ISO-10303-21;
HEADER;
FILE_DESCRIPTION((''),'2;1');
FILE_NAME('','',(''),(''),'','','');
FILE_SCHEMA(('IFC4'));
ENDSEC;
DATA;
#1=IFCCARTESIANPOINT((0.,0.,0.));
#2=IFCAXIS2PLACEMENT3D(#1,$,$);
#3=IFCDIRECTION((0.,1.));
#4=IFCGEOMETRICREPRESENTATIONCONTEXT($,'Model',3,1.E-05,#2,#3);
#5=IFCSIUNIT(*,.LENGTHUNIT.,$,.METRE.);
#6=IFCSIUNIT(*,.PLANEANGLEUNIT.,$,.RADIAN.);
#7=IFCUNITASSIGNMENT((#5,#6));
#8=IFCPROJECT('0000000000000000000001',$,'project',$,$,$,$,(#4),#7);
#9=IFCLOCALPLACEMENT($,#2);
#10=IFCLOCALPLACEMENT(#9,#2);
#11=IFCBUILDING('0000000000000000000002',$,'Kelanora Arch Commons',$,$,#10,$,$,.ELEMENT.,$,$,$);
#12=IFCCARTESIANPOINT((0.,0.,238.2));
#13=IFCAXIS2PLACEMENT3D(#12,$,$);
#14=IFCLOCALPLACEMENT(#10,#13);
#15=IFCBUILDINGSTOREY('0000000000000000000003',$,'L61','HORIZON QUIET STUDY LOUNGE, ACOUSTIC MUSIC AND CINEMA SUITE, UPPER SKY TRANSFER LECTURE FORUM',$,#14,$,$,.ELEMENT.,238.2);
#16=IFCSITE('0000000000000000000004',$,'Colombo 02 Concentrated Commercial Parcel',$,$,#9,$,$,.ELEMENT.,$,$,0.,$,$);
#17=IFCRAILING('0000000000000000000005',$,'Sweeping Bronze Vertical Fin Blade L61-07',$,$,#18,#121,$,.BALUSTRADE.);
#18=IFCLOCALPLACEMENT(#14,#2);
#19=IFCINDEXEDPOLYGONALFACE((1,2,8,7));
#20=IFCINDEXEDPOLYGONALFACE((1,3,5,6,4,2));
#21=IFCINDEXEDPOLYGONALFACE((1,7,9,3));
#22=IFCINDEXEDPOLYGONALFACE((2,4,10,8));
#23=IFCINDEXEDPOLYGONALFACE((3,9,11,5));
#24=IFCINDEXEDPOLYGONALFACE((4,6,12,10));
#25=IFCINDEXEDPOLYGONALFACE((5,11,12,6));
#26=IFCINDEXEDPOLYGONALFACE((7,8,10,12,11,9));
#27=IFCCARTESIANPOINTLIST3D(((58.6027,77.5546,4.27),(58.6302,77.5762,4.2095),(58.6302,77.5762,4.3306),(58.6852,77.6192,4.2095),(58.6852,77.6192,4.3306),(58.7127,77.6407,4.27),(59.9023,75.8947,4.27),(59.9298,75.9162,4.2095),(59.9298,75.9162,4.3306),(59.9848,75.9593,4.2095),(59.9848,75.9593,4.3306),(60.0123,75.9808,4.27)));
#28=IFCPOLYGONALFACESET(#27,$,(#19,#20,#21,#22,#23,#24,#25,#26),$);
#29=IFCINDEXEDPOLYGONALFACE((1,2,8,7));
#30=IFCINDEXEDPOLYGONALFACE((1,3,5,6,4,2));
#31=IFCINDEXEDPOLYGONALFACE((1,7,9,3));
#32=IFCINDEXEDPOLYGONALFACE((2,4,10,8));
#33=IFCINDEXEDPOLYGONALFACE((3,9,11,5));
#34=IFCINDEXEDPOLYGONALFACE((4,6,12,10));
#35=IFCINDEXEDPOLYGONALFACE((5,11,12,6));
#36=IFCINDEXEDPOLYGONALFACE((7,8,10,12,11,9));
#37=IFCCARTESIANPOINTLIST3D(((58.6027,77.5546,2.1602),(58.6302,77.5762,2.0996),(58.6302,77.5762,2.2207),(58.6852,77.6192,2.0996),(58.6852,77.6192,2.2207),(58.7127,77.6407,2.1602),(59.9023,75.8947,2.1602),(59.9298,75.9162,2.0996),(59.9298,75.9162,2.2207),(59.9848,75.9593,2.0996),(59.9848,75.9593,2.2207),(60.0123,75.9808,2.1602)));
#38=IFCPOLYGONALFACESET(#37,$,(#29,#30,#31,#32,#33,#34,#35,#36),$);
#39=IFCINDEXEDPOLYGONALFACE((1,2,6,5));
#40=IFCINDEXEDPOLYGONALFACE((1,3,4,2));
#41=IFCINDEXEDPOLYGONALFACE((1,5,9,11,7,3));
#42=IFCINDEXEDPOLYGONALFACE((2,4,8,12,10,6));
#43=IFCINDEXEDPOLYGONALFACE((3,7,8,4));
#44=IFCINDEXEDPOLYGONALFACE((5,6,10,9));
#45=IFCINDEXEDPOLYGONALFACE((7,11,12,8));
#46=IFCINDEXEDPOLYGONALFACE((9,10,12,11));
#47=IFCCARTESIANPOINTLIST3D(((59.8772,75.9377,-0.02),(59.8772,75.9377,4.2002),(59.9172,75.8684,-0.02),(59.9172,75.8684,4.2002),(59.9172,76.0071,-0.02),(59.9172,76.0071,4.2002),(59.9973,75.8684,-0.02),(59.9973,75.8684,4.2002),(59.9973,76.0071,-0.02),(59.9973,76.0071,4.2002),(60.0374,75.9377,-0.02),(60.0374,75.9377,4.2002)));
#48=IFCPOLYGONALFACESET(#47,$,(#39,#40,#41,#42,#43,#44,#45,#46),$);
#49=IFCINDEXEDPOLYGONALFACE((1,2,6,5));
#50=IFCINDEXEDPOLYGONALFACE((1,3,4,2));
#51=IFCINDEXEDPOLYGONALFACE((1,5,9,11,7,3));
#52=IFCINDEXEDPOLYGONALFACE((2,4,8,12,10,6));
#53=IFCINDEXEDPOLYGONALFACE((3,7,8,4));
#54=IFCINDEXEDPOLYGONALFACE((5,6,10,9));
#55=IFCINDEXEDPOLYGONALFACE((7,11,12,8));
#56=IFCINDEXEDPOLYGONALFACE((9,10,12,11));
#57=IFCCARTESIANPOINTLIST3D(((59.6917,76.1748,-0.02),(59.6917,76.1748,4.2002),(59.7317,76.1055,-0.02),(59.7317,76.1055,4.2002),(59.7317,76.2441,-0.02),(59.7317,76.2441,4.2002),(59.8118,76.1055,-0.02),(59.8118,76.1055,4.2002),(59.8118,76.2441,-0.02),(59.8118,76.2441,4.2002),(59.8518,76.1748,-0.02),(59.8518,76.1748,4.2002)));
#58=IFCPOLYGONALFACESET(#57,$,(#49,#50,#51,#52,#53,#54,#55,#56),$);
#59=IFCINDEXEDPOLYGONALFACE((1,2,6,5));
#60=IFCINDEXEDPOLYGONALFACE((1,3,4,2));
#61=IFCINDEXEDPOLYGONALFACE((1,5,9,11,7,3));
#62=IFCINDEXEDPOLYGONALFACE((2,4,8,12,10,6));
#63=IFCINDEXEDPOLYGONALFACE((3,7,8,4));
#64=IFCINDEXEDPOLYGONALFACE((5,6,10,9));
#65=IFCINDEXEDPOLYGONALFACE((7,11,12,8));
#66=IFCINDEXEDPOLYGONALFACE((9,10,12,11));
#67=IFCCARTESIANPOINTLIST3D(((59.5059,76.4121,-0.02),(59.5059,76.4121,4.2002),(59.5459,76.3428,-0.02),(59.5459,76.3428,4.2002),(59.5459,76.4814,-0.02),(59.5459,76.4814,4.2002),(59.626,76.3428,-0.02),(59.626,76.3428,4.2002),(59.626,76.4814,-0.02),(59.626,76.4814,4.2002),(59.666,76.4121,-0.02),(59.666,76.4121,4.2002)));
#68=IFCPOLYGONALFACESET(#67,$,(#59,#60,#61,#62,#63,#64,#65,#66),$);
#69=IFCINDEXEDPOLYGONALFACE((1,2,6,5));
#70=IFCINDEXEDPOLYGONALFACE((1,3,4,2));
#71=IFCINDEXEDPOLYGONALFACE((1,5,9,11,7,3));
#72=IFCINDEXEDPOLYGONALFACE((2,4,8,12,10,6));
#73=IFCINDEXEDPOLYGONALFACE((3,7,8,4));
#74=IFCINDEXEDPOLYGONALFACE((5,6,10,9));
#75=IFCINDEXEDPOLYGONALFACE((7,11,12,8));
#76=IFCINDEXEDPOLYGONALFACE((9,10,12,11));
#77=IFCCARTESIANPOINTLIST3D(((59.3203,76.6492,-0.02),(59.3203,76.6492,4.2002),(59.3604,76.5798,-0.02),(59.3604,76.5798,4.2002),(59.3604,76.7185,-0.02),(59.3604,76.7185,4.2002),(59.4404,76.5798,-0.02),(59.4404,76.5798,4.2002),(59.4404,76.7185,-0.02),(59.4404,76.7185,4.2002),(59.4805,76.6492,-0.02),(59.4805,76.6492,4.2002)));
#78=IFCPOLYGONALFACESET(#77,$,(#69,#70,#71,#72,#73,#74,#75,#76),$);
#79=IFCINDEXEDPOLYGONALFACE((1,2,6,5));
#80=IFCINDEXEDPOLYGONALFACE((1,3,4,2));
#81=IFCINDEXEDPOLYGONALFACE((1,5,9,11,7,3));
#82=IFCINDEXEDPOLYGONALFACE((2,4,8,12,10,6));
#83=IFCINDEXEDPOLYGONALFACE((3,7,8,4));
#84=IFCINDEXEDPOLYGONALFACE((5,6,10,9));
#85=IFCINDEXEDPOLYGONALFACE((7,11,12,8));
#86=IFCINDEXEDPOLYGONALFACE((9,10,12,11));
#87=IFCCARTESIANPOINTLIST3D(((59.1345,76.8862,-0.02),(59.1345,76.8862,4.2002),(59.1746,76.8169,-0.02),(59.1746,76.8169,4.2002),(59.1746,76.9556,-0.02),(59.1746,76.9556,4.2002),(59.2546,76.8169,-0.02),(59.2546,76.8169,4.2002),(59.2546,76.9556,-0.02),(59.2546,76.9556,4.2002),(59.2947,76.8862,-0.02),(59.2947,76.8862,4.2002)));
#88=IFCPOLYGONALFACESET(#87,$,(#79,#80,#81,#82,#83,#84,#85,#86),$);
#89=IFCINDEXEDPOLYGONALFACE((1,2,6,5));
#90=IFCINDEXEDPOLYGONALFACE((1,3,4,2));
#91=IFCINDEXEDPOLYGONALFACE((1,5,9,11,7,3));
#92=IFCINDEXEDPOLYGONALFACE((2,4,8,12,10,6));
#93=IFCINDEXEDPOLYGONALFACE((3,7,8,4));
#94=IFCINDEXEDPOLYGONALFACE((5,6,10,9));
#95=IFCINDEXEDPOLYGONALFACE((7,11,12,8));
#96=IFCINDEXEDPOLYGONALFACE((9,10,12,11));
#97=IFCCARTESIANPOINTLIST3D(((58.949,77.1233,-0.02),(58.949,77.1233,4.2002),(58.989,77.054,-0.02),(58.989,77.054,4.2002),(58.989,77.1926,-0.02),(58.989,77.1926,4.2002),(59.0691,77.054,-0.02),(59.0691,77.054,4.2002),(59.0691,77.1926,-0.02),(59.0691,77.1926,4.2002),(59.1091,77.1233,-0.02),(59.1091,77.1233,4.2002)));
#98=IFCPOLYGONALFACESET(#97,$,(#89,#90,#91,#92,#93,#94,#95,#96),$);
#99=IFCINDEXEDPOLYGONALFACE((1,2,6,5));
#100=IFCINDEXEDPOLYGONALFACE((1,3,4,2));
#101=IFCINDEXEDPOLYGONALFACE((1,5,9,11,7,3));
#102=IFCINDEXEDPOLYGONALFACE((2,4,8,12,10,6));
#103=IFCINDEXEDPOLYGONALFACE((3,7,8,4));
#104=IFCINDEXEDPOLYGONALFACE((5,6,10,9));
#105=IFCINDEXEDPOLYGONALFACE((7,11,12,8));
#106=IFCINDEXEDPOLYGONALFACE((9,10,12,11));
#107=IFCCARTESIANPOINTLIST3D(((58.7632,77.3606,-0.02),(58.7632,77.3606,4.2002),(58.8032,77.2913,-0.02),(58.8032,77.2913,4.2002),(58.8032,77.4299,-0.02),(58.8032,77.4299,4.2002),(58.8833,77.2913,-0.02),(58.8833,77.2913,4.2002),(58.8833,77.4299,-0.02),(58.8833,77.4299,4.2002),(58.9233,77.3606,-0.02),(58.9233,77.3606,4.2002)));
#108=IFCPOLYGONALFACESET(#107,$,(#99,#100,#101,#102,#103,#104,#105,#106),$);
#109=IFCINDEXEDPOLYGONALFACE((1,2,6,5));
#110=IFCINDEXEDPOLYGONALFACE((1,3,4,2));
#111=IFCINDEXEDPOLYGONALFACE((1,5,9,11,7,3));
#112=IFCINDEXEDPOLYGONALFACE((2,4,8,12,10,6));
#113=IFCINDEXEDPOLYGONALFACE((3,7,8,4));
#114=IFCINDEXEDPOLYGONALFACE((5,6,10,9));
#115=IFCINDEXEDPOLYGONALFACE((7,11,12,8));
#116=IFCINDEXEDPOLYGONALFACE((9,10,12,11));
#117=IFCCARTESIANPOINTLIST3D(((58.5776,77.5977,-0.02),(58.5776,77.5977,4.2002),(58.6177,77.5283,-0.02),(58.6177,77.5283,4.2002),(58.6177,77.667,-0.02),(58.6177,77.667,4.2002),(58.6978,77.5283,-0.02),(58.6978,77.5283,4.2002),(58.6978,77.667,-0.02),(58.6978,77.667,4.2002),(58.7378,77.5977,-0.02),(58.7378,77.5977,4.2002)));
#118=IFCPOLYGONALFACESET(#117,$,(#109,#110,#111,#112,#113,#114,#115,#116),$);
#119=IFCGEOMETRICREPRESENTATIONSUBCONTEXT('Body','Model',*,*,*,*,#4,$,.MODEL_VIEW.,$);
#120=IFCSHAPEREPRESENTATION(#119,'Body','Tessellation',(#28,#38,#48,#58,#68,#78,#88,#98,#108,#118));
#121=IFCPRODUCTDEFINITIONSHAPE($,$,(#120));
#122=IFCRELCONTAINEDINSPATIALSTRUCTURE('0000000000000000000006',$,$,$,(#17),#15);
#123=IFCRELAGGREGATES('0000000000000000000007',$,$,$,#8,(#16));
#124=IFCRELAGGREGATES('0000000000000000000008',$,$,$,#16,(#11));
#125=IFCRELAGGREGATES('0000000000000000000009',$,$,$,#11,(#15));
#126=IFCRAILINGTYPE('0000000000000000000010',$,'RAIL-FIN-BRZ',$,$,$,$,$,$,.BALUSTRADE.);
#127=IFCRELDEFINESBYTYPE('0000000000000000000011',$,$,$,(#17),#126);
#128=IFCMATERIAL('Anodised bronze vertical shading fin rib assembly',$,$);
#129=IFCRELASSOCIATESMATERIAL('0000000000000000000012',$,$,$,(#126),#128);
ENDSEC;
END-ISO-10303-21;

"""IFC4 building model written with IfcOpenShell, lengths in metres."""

from ifc_helpers import new_model, si_unit, direction, frame, origin, place, context, subcontext, project, spatial, polyline, outline, extrude, material, type_object, element, save


model = new_model("IFC4")

# Units and contexts
model_context = context("Model", 3, precision=1e-05, world=origin(), true_north=direction((0.0, 1.0)))
body_context = subcontext(model_context, "Body", "Model", "MODEL_VIEW")
ifc_project = project(units=[si_unit("LENGTHUNIT", "METRE"), si_unit("PLANEANGLEUNIT", "RADIAN")], contexts=[model_context])

# Site, building, storey
site_placement = place(None, origin())
site = spatial("IfcSite", under=ifc_project, at=site_placement, Name="Colombo 02 Concentrated Commercial Parcel", CompositionType="ELEMENT", RefElevation=0.0)
building_placement = place(site_placement, origin())
building = spatial("IfcBuilding", under=site, at=building_placement, Name="Kelanora Arch Commons", CompositionType="ELEMENT")
storey_placement = place(building_placement, frame((0.0, 0.0, 238.2)))
storey = spatial("IfcBuildingStorey", under=building, at=storey_placement, Name="L61", Description="HORIZON QUIET STUDY LOUNGE, ACOUSTIC MUSIC AND CINEMA SUITE, UPPER SKY TRANSFER LECTURE FORUM", CompositionType="ELEMENT", Elevation=238.2)

# Railing
ifc_material_1 = material(Name="Anodised bronze vertical shading fin rib assembly")
railing_type = type_object("IfcRailingType", Name="RAIL-FIN-BRZ", PredefinedType="BALUSTRADE", material=ifc_material_1)
railing_1_placement = place(storey_placement, frame((59.9573, 75.9377, -0.02)))
element("IfcRailing", 1, at=railing_1_placement, inside=storey, type_object=railing_type, Name="Sweeping Bronze Vertical Fin Blade L61-07", PredefinedType="BALUSTRADE", context=body_context, shape_type="SweptSolid", body=[
    extrude(outline(polyline([(0.0698, 0.0), (0.0349, 0.0605), (-0.0349, 0.0605), (-0.0698, 0.0), (-0.0349, -0.0605), (0.0349, -0.0605), (0.0698, 0.0)])), frame((0.0, 0.0, 4.29), z_axis=(-0.616455, 0.78739, 0.0), x_axis=(-0.78739, -0.616455, 0.0)), (0.0, 0.0, 1.0), 2.1082),
    extrude(outline(polyline([(0.0698, 0.0), (0.0349, 0.0605), (-0.0349, 0.0605), (-0.0698, 0.0), (-0.0349, -0.0605), (0.0349, -0.0605), (0.0698, 0.0)])), frame((0.0, 0.0, 2.1802), z_axis=(-0.616455, 0.78739, 0.0), x_axis=(-0.78739, -0.616455, 0.0)), (0.0, 0.0, 1.0), 2.1082),
    extrude(outline(polyline([(0.0801, 0.0), (0.04, 0.0693), (-0.04, 0.0693), (-0.0801, 0.0), (-0.04, -0.0693), (0.04, -0.0693), (0.0801, 0.0)])), origin(), (0.0, 0.0, 1.0), 4.2202),
    extrude(outline(polyline([(0.0801, 0.0), (0.04, 0.0693), (-0.04, 0.0693), (-0.0801, 0.0), (-0.04, -0.0693), (0.04, -0.0693), (0.0801, 0.0)])), frame((-0.1855, 0.2371, 0.0)), (0.0, 0.0, 1.0), 4.2202),
    extrude(outline(polyline([(0.0801, 0.0), (0.04, 0.0693), (-0.04, 0.0693), (-0.0801, 0.0), (-0.04, -0.0693), (0.04, -0.0693), (0.0801, 0.0)])), frame((-0.3713, 0.4744, 0.0)), (0.0, 0.0, 1.0), 4.2202),
    extrude(outline(polyline([(0.0801, 0.0), (0.04, 0.0693), (-0.04, 0.0693), (-0.0801, 0.0), (-0.04, -0.0693), (0.04, -0.0693), (0.0801, 0.0)])), frame((-0.5569, 0.7114, 0.0)), (0.0, 0.0, 1.0), 4.2202),
    extrude(outline(polyline([(0.0801, 0.0), (0.04, 0.0693), (-0.04, 0.0693), (-0.0801, 0.0), (-0.04, -0.0693), (0.04, -0.0693), (0.0801, 0.0)])), frame((-0.7427, 0.9485, 0.0)), (0.0, 0.0, 1.0), 4.2202),
    extrude(outline(polyline([(0.0801, 0.0), (0.04, 0.0693), (-0.04, 0.0693), (-0.0801, 0.0), (-0.04, -0.0693), (0.04, -0.0693), (0.0801, 0.0)])), frame((-0.9282, 1.1855, 0.0)), (0.0, 0.0, 1.0), 4.2202),
    extrude(outline(polyline([(0.0801, 0.0), (0.04, 0.0693), (-0.04, 0.0693), (-0.0801, 0.0), (-0.04, -0.0693), (0.04, -0.0693), (0.0801, 0.0)])), frame((-1.114, 1.4229, 0.0)), (0.0, 0.0, 1.0), 4.2202),
    extrude(outline(polyline([(0.0801, 0.0), (0.04, 0.0693), (-0.04, 0.0693), (-0.0801, 0.0), (-0.04, -0.0693), (0.04, -0.0693), (0.0801, 0.0)])), frame((-1.2996, 1.6599, 0.0)), (0.0, 0.0, 1.0), 4.2202),
])

save(model, "model.ifc")
